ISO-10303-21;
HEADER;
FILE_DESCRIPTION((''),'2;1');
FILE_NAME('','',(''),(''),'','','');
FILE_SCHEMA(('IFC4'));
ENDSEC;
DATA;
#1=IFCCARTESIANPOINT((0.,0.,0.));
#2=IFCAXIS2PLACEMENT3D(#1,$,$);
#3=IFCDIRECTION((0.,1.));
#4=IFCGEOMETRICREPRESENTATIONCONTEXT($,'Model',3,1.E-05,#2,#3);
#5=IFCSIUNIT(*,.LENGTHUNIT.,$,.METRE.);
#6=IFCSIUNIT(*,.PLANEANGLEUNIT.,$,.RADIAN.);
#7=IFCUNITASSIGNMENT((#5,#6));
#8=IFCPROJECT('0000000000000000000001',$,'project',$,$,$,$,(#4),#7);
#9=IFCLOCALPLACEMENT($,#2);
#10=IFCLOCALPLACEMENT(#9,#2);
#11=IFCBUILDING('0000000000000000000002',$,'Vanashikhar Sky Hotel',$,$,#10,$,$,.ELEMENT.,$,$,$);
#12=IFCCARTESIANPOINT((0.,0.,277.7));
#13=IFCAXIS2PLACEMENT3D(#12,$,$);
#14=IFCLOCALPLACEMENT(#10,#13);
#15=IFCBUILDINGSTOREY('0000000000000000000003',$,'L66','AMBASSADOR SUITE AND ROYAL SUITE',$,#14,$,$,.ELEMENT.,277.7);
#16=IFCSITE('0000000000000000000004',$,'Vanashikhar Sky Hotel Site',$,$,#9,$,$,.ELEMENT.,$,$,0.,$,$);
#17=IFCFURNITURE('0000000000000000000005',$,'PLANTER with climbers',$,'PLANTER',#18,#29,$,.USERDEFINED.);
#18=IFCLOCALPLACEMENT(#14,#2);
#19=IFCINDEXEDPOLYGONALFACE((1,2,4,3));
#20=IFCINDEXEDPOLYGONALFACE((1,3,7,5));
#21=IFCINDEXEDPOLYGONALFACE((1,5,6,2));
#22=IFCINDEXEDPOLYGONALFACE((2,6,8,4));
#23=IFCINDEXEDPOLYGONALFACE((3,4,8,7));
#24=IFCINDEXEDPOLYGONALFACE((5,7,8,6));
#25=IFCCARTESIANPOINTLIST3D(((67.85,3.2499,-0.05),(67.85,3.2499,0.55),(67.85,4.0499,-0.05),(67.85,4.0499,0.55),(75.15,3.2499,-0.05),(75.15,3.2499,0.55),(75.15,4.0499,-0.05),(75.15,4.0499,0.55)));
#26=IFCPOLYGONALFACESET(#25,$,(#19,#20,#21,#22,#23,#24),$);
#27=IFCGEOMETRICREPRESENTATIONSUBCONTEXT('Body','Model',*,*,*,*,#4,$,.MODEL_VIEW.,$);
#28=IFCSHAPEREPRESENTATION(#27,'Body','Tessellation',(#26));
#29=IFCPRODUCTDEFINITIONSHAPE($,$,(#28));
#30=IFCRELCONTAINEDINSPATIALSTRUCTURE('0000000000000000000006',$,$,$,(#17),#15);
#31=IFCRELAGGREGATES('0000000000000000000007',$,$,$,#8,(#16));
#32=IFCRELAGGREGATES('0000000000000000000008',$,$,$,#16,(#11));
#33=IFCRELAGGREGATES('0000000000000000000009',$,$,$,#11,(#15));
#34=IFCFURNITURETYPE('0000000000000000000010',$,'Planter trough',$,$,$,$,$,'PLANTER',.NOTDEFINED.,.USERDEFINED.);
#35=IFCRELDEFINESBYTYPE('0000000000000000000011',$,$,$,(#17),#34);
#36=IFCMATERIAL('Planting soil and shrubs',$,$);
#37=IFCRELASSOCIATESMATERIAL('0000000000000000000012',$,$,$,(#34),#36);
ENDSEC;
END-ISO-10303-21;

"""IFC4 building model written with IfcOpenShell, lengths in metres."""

from ifc_helpers import new_model, si_unit, direction, frame, origin, origin_2d, place, context, subcontext, project, spatial, rectangle, extrude, source, transform, mapped, material, type_object, element, save


model = new_model("IFC4")

# Units and contexts
model_context = context("Model", 3, precision=1e-05, world=origin(), true_north=direction((0.0, 1.0)))
body_context = subcontext(model_context, "Body", "Model", "MODEL_VIEW")
ifc_project = project(units=[si_unit("LENGTHUNIT", "METRE"), si_unit("PLANEANGLEUNIT", "RADIAN")], contexts=[model_context])

# Site, building, storey
site_placement = place(None, origin())
site = spatial("IfcSite", under=ifc_project, at=site_placement, Name="Vanashikhar Sky Hotel Site", CompositionType="ELEMENT", RefElevation=0.0)
building_placement = place(site_placement, origin())
building = spatial("IfcBuilding", under=site, at=building_placement, Name="Vanashikhar Sky Hotel", CompositionType="ELEMENT")
storey_placement = place(building_placement, frame((0.0, 0.0, 277.7)))
storey = spatial("IfcBuildingStorey", under=building, at=storey_placement, Name="L66", Description="AMBASSADOR SUITE AND ROYAL SUITE", CompositionType="ELEMENT", Elevation=277.7)

# Furniture
ifc_material_1 = material(Name="Planting soil and shrubs")
furniture_type = type_object("IfcFurnitureType", Name="Planter trough", ElementType="PLANTER", AssemblyPlace="NOTDEFINED", PredefinedType="USERDEFINED", material=ifc_material_1)
shared_shape_1 = source(origin(), body_context, "Body", "SweptSolid", [
    extrude(rectangle(XDim=7.3, YDim=0.8, at=origin_2d()), origin(), (0.0, 0.0, 1.0), 0.6001),
])
furniture_placement = place(storey_placement, frame((71.5, 3.6499, -0.05), z_axis=(0.0, 0.0, 1.0), x_axis=(1.0, 0.0, 0.0)))
element("IfcFurniture", 1, at=furniture_placement, inside=storey, type_object=furniture_type, Name="PLANTER with climbers", ObjectType="PLANTER", PredefinedType="USERDEFINED", context=body_context, shape_type="MappedRepresentation", body=[
    mapped(shared_shape_1, transform((0.0, 0.0, 0.0), scale=1.0)),
])

save(model, "model.ifc")
